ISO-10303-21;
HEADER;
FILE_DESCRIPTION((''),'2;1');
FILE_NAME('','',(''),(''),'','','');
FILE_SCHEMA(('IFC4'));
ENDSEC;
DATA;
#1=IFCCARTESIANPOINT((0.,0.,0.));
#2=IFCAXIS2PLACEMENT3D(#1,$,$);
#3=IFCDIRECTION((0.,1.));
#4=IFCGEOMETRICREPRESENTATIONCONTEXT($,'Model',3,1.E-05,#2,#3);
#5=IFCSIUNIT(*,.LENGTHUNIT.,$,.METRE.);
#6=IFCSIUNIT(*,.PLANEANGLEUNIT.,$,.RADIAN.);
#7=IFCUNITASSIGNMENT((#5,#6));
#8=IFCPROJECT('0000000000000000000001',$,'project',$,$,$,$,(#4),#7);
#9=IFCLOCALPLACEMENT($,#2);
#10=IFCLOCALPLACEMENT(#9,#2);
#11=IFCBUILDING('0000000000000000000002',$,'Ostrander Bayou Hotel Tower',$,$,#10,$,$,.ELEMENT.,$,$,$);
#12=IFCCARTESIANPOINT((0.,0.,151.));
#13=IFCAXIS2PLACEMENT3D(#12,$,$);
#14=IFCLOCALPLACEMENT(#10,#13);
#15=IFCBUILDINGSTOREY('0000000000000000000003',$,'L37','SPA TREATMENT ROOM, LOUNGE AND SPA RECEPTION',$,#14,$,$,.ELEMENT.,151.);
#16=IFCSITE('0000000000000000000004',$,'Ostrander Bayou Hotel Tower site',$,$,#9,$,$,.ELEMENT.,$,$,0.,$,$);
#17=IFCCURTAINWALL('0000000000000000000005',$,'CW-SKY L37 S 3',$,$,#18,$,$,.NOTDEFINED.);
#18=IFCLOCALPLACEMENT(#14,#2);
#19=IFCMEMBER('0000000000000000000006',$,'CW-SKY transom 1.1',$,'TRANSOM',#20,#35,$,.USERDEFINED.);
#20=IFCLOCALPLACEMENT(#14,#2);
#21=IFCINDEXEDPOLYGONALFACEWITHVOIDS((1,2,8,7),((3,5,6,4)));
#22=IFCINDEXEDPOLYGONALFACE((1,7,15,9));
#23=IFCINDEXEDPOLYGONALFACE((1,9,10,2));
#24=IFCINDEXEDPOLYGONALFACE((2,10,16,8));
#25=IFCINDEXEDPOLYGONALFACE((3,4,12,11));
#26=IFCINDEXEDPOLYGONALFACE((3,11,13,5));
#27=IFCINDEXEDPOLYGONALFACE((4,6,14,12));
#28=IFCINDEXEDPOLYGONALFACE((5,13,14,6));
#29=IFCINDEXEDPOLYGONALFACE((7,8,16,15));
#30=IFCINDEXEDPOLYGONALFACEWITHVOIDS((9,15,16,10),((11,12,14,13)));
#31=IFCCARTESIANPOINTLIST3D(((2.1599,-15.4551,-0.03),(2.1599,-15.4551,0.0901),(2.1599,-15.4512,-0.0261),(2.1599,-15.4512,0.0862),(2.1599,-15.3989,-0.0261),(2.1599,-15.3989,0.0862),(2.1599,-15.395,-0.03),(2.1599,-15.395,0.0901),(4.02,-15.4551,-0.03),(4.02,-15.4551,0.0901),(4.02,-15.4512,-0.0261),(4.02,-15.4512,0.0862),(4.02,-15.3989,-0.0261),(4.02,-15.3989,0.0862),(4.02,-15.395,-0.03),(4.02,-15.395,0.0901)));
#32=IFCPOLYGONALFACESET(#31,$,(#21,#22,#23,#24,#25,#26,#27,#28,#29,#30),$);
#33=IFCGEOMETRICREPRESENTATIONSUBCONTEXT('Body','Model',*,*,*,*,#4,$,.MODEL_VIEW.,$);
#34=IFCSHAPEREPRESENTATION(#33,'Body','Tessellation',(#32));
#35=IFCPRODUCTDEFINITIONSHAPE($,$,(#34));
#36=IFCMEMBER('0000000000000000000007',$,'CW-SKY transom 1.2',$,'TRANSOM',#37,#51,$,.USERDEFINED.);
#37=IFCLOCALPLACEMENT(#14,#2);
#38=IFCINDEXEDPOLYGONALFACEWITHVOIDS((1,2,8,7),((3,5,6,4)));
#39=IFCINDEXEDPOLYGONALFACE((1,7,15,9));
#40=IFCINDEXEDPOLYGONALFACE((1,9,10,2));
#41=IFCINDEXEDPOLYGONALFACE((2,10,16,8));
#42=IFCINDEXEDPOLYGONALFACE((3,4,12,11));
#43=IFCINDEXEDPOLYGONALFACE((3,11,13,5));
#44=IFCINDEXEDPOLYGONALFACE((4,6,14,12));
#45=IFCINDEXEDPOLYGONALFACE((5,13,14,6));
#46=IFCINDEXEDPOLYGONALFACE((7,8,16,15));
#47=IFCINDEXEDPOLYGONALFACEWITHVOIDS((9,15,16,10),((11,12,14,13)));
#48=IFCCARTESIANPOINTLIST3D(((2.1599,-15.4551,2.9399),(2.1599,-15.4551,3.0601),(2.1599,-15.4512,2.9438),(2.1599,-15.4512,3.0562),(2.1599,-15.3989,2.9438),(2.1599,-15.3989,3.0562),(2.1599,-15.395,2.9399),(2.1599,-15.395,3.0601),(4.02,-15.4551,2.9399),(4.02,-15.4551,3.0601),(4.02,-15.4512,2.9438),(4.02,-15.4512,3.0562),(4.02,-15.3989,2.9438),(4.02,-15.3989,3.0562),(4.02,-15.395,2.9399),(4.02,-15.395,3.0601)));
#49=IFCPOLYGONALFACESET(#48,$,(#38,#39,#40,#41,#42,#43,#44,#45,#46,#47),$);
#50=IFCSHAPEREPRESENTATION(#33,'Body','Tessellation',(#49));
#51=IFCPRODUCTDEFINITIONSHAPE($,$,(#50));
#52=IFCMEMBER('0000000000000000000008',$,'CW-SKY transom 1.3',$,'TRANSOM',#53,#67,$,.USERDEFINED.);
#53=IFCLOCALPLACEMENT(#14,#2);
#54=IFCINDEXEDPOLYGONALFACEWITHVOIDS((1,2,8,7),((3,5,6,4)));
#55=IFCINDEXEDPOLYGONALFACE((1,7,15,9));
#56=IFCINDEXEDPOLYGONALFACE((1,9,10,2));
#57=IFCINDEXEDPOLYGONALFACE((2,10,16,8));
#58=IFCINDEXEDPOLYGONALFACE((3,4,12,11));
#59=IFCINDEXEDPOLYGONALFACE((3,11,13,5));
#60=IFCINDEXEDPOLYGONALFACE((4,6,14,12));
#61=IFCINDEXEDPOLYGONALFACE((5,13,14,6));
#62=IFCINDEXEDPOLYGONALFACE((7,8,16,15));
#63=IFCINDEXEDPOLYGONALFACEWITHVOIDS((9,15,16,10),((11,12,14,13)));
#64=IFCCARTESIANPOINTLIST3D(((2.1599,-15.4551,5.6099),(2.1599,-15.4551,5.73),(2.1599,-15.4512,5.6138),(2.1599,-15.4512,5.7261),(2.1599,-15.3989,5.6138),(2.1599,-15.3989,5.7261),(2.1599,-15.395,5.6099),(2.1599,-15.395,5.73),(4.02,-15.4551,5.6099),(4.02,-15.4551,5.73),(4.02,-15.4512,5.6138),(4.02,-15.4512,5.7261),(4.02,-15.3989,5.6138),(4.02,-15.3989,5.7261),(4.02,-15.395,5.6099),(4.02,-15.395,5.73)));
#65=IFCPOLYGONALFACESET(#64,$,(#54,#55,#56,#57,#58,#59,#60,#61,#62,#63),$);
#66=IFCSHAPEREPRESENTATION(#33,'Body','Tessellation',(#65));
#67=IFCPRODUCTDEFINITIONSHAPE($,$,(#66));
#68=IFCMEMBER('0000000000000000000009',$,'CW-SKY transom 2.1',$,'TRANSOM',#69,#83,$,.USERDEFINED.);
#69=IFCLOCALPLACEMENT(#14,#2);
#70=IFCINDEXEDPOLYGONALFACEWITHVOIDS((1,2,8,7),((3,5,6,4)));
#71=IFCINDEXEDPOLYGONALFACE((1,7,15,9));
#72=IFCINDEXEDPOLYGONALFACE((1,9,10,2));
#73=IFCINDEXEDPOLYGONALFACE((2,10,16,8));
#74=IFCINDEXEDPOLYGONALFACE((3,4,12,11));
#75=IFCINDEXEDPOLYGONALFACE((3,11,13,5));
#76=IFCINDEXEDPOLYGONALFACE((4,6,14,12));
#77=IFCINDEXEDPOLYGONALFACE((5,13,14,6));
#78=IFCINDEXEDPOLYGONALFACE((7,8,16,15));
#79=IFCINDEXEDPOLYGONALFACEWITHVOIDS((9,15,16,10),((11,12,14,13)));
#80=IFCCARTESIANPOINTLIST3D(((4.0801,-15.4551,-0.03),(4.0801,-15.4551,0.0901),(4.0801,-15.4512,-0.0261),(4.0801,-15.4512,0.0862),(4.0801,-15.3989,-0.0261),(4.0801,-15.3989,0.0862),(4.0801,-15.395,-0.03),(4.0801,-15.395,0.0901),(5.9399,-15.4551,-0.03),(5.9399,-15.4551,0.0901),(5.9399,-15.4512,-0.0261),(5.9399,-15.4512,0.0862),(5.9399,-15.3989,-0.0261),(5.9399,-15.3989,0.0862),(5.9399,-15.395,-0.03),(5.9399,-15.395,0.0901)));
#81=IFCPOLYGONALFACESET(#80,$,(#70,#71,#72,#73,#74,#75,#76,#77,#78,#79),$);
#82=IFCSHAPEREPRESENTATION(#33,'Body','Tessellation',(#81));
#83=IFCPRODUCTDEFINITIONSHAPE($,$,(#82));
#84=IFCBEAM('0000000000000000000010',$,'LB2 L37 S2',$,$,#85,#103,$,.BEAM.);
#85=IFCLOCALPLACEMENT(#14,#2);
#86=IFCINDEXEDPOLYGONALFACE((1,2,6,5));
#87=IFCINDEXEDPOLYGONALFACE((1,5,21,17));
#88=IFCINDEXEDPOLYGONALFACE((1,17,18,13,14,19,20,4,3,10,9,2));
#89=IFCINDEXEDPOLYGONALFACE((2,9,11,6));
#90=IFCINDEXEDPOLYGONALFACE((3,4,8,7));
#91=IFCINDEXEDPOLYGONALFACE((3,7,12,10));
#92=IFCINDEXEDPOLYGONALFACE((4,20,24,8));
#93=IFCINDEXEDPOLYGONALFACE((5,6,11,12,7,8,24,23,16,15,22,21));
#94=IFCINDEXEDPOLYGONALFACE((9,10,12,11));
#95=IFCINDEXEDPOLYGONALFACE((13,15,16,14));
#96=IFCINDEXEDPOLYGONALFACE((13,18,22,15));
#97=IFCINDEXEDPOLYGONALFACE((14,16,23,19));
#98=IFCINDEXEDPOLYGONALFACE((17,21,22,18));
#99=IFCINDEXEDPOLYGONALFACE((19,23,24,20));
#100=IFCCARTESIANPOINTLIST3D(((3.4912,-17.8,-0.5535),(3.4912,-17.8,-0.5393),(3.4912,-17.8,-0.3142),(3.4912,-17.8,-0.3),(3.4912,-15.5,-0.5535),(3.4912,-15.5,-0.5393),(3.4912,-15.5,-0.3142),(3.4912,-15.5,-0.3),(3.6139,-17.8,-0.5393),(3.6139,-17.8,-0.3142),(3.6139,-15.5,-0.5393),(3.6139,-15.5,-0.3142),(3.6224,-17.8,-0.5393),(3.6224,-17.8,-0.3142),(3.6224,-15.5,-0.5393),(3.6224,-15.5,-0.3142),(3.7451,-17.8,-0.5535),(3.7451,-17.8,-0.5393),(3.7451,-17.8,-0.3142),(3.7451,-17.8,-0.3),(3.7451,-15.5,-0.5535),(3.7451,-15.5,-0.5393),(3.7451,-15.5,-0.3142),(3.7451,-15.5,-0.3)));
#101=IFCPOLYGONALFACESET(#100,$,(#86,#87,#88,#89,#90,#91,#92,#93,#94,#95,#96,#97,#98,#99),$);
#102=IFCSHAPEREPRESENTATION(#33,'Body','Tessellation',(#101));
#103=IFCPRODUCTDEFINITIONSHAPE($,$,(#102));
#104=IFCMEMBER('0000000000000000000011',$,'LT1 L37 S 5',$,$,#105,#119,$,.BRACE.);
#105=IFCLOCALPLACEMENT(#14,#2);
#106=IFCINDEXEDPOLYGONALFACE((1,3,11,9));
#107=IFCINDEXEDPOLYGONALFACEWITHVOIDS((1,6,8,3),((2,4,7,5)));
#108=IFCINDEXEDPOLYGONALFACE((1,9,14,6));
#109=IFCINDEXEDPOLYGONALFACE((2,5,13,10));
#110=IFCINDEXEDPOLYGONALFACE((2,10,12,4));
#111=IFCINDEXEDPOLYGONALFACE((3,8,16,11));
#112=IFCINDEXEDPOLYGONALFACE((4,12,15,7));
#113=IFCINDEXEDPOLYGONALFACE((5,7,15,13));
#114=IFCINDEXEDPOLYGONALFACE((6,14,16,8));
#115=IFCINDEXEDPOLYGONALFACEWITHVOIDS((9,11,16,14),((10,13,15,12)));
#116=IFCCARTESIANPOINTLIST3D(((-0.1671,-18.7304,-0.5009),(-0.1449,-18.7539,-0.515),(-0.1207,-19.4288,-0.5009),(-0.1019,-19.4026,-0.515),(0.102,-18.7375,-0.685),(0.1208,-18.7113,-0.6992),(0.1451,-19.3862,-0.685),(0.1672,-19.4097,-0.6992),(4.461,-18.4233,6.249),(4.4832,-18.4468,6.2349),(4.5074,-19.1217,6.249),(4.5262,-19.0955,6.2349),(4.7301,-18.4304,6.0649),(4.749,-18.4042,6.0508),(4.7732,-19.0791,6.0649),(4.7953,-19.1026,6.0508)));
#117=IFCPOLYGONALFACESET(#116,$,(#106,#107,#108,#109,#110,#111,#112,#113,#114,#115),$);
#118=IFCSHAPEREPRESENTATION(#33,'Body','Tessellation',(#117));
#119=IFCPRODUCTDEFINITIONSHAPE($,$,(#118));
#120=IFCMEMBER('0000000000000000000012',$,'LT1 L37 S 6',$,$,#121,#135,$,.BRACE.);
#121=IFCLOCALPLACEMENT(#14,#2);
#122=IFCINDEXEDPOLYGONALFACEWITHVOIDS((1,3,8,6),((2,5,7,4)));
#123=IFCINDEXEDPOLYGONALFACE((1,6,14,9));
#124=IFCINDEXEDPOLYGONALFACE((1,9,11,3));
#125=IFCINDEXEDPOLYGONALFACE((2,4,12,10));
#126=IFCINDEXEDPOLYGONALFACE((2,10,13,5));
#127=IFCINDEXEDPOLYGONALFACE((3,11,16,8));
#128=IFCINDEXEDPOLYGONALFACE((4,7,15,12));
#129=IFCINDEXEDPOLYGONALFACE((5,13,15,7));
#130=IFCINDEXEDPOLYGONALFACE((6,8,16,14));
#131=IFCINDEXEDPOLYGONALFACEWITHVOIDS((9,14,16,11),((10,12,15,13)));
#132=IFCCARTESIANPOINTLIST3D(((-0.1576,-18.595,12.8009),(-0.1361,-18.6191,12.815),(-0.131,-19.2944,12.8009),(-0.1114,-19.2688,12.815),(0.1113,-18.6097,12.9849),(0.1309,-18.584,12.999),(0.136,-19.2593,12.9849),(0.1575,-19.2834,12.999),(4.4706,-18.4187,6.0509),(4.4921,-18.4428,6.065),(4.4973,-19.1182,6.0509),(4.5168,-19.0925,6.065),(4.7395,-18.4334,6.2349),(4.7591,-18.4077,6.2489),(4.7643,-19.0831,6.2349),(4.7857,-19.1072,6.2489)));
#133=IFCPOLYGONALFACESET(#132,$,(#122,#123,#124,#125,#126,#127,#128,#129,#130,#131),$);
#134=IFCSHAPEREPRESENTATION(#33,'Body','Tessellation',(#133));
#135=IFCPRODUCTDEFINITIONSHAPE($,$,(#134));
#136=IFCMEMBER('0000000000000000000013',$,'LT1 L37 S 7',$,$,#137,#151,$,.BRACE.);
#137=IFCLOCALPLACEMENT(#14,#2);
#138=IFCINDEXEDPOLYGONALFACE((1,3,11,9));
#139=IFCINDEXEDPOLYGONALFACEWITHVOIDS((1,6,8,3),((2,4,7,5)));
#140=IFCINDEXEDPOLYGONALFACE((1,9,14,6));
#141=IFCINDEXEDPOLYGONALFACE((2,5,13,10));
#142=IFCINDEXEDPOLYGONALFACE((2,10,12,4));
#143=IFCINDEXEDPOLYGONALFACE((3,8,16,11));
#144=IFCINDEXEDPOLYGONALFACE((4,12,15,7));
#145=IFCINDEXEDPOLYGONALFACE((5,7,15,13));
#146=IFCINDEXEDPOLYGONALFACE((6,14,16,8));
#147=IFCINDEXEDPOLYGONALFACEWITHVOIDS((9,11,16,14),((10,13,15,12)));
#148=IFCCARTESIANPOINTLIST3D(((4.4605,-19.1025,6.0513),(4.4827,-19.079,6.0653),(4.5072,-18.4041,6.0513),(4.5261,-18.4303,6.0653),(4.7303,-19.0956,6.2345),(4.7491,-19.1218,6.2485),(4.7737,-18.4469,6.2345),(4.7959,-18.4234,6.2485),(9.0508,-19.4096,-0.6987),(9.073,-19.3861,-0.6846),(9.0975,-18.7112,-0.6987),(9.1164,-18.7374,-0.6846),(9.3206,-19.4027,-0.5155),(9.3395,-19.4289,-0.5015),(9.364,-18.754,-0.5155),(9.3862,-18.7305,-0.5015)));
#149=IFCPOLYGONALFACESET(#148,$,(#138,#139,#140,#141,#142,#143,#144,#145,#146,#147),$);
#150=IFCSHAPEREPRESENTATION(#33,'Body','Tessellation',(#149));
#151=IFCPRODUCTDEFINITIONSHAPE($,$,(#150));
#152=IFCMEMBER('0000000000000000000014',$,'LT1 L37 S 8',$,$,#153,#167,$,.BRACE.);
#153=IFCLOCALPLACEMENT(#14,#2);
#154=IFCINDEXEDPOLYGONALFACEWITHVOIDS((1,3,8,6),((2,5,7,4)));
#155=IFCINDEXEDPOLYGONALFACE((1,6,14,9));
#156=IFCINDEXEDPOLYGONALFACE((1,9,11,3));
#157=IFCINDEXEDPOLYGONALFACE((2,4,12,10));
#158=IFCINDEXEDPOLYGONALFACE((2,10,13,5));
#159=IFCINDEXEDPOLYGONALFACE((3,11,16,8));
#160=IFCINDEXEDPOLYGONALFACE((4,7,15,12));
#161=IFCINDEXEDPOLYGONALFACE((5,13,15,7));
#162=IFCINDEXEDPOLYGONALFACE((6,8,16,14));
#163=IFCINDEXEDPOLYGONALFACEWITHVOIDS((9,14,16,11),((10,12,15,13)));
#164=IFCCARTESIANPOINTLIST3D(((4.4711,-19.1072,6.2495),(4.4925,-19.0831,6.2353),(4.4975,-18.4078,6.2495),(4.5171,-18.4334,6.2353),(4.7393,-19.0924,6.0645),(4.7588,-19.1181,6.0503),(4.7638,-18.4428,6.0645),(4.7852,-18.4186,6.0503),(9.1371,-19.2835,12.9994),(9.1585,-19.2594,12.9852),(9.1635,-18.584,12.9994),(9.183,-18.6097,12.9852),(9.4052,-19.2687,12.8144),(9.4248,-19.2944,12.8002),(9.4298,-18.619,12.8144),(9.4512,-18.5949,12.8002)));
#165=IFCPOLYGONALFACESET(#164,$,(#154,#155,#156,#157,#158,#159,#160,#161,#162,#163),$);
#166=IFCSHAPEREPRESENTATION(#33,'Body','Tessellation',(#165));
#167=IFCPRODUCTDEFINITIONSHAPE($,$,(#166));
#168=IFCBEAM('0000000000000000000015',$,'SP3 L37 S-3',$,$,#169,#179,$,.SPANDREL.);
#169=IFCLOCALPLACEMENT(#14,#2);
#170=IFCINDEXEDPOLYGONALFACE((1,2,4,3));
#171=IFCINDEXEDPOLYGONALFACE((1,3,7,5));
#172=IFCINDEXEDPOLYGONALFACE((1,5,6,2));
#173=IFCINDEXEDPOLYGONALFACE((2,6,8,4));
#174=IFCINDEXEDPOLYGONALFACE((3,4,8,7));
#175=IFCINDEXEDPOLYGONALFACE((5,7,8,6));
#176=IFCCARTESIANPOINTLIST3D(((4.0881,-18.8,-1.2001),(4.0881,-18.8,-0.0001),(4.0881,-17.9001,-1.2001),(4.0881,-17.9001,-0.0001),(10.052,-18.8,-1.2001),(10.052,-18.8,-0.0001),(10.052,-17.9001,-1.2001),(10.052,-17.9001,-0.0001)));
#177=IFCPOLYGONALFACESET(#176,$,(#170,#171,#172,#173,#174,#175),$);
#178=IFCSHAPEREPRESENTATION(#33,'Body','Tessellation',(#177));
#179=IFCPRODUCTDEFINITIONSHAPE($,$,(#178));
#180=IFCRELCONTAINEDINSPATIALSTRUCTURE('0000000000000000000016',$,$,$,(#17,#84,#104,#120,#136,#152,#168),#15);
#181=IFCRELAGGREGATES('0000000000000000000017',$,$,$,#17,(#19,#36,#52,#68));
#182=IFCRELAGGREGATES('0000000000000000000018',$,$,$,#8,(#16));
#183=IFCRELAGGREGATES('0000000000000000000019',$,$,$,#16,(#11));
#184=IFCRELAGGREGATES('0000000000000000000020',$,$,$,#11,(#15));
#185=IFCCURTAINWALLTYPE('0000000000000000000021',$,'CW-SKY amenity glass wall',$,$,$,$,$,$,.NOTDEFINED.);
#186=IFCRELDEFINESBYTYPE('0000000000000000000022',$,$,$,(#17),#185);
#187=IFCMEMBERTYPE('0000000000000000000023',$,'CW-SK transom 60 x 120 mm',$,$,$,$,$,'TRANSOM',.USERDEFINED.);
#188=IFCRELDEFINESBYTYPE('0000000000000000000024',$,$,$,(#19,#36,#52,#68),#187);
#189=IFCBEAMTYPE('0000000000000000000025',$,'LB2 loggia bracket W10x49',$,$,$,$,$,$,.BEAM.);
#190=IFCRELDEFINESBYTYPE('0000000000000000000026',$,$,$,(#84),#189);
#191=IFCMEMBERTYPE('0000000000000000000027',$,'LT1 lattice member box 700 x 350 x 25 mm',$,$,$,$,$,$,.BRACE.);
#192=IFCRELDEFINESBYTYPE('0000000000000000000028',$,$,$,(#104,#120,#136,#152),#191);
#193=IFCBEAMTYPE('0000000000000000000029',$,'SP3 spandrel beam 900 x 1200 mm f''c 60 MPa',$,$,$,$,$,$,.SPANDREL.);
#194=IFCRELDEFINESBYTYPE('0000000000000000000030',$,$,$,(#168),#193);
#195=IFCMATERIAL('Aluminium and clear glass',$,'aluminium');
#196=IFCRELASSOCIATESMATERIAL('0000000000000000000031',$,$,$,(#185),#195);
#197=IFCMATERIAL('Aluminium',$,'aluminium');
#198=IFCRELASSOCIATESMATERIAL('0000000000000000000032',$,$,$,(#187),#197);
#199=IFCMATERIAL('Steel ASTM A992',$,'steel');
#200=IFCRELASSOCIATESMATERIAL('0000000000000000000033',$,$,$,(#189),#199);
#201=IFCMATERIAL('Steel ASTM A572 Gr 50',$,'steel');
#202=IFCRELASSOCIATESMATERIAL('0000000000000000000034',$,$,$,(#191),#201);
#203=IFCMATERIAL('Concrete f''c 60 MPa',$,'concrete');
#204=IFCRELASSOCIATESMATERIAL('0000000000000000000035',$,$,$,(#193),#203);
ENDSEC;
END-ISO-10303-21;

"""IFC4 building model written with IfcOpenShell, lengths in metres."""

from ifc_helpers import new_model, si_unit, direction, frame, origin, origin_2d, place, context, subcontext, project, spatial, rectangle, hollow_rectangle, i_section, extrude, material, material_profile, profile_set, type_object, element, aggregate, save


model = new_model("IFC4")

# Units and contexts
model_context = context("Model", 3, precision=1e-05, world=origin(), true_north=direction((0.0, 1.0)))
body_context = subcontext(model_context, "Body", "Model", "MODEL_VIEW")
ifc_project = project(units=[si_unit("LENGTHUNIT", "METRE"), si_unit("PLANEANGLEUNIT", "RADIAN")], contexts=[model_context])

# Site, building, storey
site_placement = place(None, origin())
site = spatial("IfcSite", under=ifc_project, at=site_placement, Name="Ostrander Bayou Hotel Tower site", CompositionType="ELEMENT", RefElevation=0.0)
building_placement = place(site_placement, origin())
building = spatial("IfcBuilding", under=site, at=building_placement, Name="Ostrander Bayou Hotel Tower", CompositionType="ELEMENT")
storey_placement = place(building_placement, frame((0.0, 0.0, 151.0)))
storey = spatial("IfcBuildingStorey", under=building, at=storey_placement, Name="L37", Description="SPA TREATMENT ROOM, LOUNGE AND SPA RECEPTION", CompositionType="ELEMENT", Elevation=151.0)

# Curtain wall, members
ifc_material_1 = material(Name="Aluminium and clear glass", Category="aluminium")
curtain_wall_type_1 = type_object("IfcCurtainWallType", Name="CW-SKY amenity glass wall", PredefinedType="NOTDEFINED", material=ifc_material_1)
curtain_wall_1_placement = place(storey_placement, origin())
curtain_wall_1 = element("IfcCurtainWall", 1, at=curtain_wall_1_placement, inside=storey, type_object=curtain_wall_type_1, Name="CW-SKY L37 S 3", PredefinedType="NOTDEFINED")
ifc_material_2 = material(Name="Aluminium", Category="aluminium")
ifc_material_profile_1 = material_profile(ifc_material_2, hollow_rectangle(XDim=0.0601, YDim=0.1201, WallThickness=0.0039, at=origin_2d()))
ifc_profile_set_1 = profile_set([ifc_material_profile_1], Name="Aluminium")
member_type_1 = type_object("IfcMemberType", Name="CW-SK transom 60 x 120 mm", ElementType="TRANSOM", PredefinedType="USERDEFINED", material=ifc_profile_set_1)
member_1_placement = place(storey_placement, frame((2.1599, -15.425, 0.03), z_axis=(1.0, 0.0, 0.0), x_axis=(0.0, 1.0, 0.0)))
member_1 = element("IfcMember", 2, at=member_1_placement, type_object=member_type_1, Name="CW-SKY transom 1.1", ObjectType="TRANSOM", PredefinedType="USERDEFINED", context=body_context, shape_type="SweptSolid", body=[
    extrude(hollow_rectangle(XDim=0.0601, YDim=0.1201, WallThickness=0.0039, at=origin_2d()), origin(), (0.0, 0.0, 1.0), 1.8601),
])
member_2_placement = place(storey_placement, frame((2.1599, -15.425, 3.0), z_axis=(1.0, 0.0, 0.0), x_axis=(0.0, 1.0, 0.0)))
member_2 = element("IfcMember", 3, at=member_2_placement, type_object=member_type_1, Name="CW-SKY transom 1.2", ObjectType="TRANSOM", PredefinedType="USERDEFINED", context=body_context, shape_type="SweptSolid", body=[
    extrude(hollow_rectangle(XDim=0.0601, YDim=0.1201, WallThickness=0.0039, at=origin_2d()), origin(), (0.0, 0.0, 1.0), 1.8601),
])
member_3_placement = place(storey_placement, frame((2.1599, -15.425, 5.6699), z_axis=(1.0, 0.0, 0.0), x_axis=(0.0, 1.0, 0.0)))
member_3 = element("IfcMember", 4, at=member_3_placement, type_object=member_type_1, Name="CW-SKY transom 1.3", ObjectType="TRANSOM", PredefinedType="USERDEFINED", context=body_context, shape_type="SweptSolid", body=[
    extrude(hollow_rectangle(XDim=0.0601, YDim=0.1201, WallThickness=0.0039, at=origin_2d()), origin(), (0.0, 0.0, 1.0), 1.8601),
])
member_4_placement = place(storey_placement, frame((4.0801, -15.425, 0.03), z_axis=(1.0, 0.0, 0.0), x_axis=(0.0, 1.0, 0.0)))
member_4 = element("IfcMember", 5, at=member_4_placement, type_object=member_type_1, Name="CW-SKY transom 2.1", ObjectType="TRANSOM", PredefinedType="USERDEFINED", context=body_context, shape_type="SweptSolid", body=[
    extrude(hollow_rectangle(XDim=0.0601, YDim=0.1201, WallThickness=0.0039, at=origin_2d()), origin(), (0.0, 0.0, 1.0), 1.8599),
])

# Beam
ifc_material_3 = material(Name="Steel ASTM A992", Category="steel")
ifc_material_profile_2 = material_profile(ifc_material_3, i_section(OverallWidth=0.2539, OverallDepth=0.2534, WebThickness=0.0085, FlangeThickness=0.0142, at=origin_2d()))
ifc_profile_set_2 = profile_set([ifc_material_profile_2], Name="Steel ASTM A992")
beam_type_1 = type_object("IfcBeamType", Name="LB2 loggia bracket W10x49", PredefinedType="BEAM", material=ifc_profile_set_2)
beam_1_placement = place(storey_placement, frame((3.6182, -17.8, -0.4268), z_axis=(0.0, 1.0, 0.0), x_axis=(-1.0, 0.0, 0.0)))
element("IfcBeam", 6, at=beam_1_placement, inside=storey, type_object=beam_type_1, Name="LB2 L37 S2", PredefinedType="BEAM", context=body_context, shape_type="SweptSolid", body=[
    extrude(i_section(OverallWidth=0.2539, OverallDepth=0.2534, WebThickness=0.0085, FlangeThickness=0.0142, at=origin_2d()), origin(), (0.0, 0.0, 1.0), 2.3),
])

# Members
ifc_material_4 = material(Name="Steel ASTM A572 Gr 50", Category="steel")
ifc_material_profile_3 = material_profile(ifc_material_4, hollow_rectangle(XDim=0.7, YDim=0.3501, WallThickness=0.0249, at=origin_2d()))
ifc_profile_set_3 = profile_set([ifc_material_profile_3], Name="Steel ASTM A572 Gr 50")
member_type_2 = type_object("IfcMemberType", Name="LT1 lattice member box 700 x 350 x 25 mm", PredefinedType="BRACE", material=ifc_profile_set_3)
member_5_placement = place(storey_placement, frame((4.6282, -18.7629, 6.1499), z_axis=(-0.565098, -0.0375, -0.824171), x_axis=(0.066215, -0.997805, 0.0)))
element("IfcMember", 7, at=member_5_placement, inside=storey, type_object=member_type_2, Name="LT1 L37 S 5", PredefinedType="BRACE", context=body_context, shape_type="SweptSolid", body=[
    extrude(hollow_rectangle(XDim=0.7, YDim=0.3501, WallThickness=0.0249, at=origin_2d()), origin(), (0.0, 0.0, 1.0), 8.1899),
])
member_6_placement = place(storey_placement, frame((4.6282, -18.7629, 6.1499), z_axis=(-0.565364, -0.021533, 0.82456), x_axis=(0.038059, -0.999276, 0.0)))
element("IfcMember", 8, at=member_6_placement, inside=storey, type_object=member_type_2, Name="LT1 L37 S 6", PredefinedType="BRACE", context=body_context, shape_type="SweptSolid", body=[
    extrude(hollow_rectangle(XDim=0.7, YDim=0.3501, WallThickness=0.0249, at=origin_2d()), origin(), (0.0, 0.0, 1.0), 8.1863),
])
member_7_placement = place(storey_placement, frame((4.6282, -18.7629, 6.1499), z_axis=(0.56194, -0.037598, -0.826323), x_axis=(0.066759, 0.997769, 0.0)))
element("IfcMember", 9, at=member_7_placement, inside=storey, type_object=member_type_2, Name="LT1 L37 S 7", PredefinedType="BRACE", context=body_context, shape_type="SweptSolid", body=[
    extrude(hollow_rectangle(XDim=0.7, YDim=0.3501, WallThickness=0.0249, at=origin_2d()), origin(), (0.0, 0.0, 1.0), 8.1687),
])
member_8_placement = place(storey_placement, frame((4.6282, -18.7629, 6.1499), z_axis=(0.568497, -0.021476, 0.822405), x_axis=(0.03775, 0.999287, 0.0)))
element("IfcMember", 10, at=member_8_placement, inside=storey, type_object=member_type_2, Name="LT1 L37 S 8", PredefinedType="BRACE", context=body_context, shape_type="SweptSolid", body=[
    extrude(hollow_rectangle(XDim=0.7, YDim=0.3501, WallThickness=0.0249, at=origin_2d()), origin(), (0.0, 0.0, 1.0), 8.2075),
])

# Beam
ifc_material_5 = material(Name="Concrete f'c 60 MPa", Category="concrete")
ifc_material_profile_4 = material_profile(ifc_material_5, rectangle(XDim=0.8999, YDim=1.2, at=origin_2d()))
ifc_profile_set_4 = profile_set([ifc_material_profile_4], Name="Concrete f'c 60 MPa")
beam_type_2 = type_object("IfcBeamType", Name="SP3 spandrel beam 900 x 1200 mm f'c 60 MPa", PredefinedType="SPANDREL", material=ifc_profile_set_4)
beam_2_placement = place(storey_placement, frame((4.0881, -18.3501, -0.6001), z_axis=(1.0, 0.0, 0.0), x_axis=(0.0, 1.0, 0.0)))
element("IfcBeam", 11, at=beam_2_placement, inside=storey, type_object=beam_type_2, Name="SP3 L37 S-3", PredefinedType="SPANDREL", context=body_context, shape_type="SweptSolid", body=[
    extrude(rectangle(XDim=0.8999, YDim=1.2, at=origin_2d()), origin(), (0.0, 0.0, 1.0), 5.9639),
])

aggregate(curtain_wall_1, [member_1, member_2, member_3, member_4])

save(model, "model.ifc")
